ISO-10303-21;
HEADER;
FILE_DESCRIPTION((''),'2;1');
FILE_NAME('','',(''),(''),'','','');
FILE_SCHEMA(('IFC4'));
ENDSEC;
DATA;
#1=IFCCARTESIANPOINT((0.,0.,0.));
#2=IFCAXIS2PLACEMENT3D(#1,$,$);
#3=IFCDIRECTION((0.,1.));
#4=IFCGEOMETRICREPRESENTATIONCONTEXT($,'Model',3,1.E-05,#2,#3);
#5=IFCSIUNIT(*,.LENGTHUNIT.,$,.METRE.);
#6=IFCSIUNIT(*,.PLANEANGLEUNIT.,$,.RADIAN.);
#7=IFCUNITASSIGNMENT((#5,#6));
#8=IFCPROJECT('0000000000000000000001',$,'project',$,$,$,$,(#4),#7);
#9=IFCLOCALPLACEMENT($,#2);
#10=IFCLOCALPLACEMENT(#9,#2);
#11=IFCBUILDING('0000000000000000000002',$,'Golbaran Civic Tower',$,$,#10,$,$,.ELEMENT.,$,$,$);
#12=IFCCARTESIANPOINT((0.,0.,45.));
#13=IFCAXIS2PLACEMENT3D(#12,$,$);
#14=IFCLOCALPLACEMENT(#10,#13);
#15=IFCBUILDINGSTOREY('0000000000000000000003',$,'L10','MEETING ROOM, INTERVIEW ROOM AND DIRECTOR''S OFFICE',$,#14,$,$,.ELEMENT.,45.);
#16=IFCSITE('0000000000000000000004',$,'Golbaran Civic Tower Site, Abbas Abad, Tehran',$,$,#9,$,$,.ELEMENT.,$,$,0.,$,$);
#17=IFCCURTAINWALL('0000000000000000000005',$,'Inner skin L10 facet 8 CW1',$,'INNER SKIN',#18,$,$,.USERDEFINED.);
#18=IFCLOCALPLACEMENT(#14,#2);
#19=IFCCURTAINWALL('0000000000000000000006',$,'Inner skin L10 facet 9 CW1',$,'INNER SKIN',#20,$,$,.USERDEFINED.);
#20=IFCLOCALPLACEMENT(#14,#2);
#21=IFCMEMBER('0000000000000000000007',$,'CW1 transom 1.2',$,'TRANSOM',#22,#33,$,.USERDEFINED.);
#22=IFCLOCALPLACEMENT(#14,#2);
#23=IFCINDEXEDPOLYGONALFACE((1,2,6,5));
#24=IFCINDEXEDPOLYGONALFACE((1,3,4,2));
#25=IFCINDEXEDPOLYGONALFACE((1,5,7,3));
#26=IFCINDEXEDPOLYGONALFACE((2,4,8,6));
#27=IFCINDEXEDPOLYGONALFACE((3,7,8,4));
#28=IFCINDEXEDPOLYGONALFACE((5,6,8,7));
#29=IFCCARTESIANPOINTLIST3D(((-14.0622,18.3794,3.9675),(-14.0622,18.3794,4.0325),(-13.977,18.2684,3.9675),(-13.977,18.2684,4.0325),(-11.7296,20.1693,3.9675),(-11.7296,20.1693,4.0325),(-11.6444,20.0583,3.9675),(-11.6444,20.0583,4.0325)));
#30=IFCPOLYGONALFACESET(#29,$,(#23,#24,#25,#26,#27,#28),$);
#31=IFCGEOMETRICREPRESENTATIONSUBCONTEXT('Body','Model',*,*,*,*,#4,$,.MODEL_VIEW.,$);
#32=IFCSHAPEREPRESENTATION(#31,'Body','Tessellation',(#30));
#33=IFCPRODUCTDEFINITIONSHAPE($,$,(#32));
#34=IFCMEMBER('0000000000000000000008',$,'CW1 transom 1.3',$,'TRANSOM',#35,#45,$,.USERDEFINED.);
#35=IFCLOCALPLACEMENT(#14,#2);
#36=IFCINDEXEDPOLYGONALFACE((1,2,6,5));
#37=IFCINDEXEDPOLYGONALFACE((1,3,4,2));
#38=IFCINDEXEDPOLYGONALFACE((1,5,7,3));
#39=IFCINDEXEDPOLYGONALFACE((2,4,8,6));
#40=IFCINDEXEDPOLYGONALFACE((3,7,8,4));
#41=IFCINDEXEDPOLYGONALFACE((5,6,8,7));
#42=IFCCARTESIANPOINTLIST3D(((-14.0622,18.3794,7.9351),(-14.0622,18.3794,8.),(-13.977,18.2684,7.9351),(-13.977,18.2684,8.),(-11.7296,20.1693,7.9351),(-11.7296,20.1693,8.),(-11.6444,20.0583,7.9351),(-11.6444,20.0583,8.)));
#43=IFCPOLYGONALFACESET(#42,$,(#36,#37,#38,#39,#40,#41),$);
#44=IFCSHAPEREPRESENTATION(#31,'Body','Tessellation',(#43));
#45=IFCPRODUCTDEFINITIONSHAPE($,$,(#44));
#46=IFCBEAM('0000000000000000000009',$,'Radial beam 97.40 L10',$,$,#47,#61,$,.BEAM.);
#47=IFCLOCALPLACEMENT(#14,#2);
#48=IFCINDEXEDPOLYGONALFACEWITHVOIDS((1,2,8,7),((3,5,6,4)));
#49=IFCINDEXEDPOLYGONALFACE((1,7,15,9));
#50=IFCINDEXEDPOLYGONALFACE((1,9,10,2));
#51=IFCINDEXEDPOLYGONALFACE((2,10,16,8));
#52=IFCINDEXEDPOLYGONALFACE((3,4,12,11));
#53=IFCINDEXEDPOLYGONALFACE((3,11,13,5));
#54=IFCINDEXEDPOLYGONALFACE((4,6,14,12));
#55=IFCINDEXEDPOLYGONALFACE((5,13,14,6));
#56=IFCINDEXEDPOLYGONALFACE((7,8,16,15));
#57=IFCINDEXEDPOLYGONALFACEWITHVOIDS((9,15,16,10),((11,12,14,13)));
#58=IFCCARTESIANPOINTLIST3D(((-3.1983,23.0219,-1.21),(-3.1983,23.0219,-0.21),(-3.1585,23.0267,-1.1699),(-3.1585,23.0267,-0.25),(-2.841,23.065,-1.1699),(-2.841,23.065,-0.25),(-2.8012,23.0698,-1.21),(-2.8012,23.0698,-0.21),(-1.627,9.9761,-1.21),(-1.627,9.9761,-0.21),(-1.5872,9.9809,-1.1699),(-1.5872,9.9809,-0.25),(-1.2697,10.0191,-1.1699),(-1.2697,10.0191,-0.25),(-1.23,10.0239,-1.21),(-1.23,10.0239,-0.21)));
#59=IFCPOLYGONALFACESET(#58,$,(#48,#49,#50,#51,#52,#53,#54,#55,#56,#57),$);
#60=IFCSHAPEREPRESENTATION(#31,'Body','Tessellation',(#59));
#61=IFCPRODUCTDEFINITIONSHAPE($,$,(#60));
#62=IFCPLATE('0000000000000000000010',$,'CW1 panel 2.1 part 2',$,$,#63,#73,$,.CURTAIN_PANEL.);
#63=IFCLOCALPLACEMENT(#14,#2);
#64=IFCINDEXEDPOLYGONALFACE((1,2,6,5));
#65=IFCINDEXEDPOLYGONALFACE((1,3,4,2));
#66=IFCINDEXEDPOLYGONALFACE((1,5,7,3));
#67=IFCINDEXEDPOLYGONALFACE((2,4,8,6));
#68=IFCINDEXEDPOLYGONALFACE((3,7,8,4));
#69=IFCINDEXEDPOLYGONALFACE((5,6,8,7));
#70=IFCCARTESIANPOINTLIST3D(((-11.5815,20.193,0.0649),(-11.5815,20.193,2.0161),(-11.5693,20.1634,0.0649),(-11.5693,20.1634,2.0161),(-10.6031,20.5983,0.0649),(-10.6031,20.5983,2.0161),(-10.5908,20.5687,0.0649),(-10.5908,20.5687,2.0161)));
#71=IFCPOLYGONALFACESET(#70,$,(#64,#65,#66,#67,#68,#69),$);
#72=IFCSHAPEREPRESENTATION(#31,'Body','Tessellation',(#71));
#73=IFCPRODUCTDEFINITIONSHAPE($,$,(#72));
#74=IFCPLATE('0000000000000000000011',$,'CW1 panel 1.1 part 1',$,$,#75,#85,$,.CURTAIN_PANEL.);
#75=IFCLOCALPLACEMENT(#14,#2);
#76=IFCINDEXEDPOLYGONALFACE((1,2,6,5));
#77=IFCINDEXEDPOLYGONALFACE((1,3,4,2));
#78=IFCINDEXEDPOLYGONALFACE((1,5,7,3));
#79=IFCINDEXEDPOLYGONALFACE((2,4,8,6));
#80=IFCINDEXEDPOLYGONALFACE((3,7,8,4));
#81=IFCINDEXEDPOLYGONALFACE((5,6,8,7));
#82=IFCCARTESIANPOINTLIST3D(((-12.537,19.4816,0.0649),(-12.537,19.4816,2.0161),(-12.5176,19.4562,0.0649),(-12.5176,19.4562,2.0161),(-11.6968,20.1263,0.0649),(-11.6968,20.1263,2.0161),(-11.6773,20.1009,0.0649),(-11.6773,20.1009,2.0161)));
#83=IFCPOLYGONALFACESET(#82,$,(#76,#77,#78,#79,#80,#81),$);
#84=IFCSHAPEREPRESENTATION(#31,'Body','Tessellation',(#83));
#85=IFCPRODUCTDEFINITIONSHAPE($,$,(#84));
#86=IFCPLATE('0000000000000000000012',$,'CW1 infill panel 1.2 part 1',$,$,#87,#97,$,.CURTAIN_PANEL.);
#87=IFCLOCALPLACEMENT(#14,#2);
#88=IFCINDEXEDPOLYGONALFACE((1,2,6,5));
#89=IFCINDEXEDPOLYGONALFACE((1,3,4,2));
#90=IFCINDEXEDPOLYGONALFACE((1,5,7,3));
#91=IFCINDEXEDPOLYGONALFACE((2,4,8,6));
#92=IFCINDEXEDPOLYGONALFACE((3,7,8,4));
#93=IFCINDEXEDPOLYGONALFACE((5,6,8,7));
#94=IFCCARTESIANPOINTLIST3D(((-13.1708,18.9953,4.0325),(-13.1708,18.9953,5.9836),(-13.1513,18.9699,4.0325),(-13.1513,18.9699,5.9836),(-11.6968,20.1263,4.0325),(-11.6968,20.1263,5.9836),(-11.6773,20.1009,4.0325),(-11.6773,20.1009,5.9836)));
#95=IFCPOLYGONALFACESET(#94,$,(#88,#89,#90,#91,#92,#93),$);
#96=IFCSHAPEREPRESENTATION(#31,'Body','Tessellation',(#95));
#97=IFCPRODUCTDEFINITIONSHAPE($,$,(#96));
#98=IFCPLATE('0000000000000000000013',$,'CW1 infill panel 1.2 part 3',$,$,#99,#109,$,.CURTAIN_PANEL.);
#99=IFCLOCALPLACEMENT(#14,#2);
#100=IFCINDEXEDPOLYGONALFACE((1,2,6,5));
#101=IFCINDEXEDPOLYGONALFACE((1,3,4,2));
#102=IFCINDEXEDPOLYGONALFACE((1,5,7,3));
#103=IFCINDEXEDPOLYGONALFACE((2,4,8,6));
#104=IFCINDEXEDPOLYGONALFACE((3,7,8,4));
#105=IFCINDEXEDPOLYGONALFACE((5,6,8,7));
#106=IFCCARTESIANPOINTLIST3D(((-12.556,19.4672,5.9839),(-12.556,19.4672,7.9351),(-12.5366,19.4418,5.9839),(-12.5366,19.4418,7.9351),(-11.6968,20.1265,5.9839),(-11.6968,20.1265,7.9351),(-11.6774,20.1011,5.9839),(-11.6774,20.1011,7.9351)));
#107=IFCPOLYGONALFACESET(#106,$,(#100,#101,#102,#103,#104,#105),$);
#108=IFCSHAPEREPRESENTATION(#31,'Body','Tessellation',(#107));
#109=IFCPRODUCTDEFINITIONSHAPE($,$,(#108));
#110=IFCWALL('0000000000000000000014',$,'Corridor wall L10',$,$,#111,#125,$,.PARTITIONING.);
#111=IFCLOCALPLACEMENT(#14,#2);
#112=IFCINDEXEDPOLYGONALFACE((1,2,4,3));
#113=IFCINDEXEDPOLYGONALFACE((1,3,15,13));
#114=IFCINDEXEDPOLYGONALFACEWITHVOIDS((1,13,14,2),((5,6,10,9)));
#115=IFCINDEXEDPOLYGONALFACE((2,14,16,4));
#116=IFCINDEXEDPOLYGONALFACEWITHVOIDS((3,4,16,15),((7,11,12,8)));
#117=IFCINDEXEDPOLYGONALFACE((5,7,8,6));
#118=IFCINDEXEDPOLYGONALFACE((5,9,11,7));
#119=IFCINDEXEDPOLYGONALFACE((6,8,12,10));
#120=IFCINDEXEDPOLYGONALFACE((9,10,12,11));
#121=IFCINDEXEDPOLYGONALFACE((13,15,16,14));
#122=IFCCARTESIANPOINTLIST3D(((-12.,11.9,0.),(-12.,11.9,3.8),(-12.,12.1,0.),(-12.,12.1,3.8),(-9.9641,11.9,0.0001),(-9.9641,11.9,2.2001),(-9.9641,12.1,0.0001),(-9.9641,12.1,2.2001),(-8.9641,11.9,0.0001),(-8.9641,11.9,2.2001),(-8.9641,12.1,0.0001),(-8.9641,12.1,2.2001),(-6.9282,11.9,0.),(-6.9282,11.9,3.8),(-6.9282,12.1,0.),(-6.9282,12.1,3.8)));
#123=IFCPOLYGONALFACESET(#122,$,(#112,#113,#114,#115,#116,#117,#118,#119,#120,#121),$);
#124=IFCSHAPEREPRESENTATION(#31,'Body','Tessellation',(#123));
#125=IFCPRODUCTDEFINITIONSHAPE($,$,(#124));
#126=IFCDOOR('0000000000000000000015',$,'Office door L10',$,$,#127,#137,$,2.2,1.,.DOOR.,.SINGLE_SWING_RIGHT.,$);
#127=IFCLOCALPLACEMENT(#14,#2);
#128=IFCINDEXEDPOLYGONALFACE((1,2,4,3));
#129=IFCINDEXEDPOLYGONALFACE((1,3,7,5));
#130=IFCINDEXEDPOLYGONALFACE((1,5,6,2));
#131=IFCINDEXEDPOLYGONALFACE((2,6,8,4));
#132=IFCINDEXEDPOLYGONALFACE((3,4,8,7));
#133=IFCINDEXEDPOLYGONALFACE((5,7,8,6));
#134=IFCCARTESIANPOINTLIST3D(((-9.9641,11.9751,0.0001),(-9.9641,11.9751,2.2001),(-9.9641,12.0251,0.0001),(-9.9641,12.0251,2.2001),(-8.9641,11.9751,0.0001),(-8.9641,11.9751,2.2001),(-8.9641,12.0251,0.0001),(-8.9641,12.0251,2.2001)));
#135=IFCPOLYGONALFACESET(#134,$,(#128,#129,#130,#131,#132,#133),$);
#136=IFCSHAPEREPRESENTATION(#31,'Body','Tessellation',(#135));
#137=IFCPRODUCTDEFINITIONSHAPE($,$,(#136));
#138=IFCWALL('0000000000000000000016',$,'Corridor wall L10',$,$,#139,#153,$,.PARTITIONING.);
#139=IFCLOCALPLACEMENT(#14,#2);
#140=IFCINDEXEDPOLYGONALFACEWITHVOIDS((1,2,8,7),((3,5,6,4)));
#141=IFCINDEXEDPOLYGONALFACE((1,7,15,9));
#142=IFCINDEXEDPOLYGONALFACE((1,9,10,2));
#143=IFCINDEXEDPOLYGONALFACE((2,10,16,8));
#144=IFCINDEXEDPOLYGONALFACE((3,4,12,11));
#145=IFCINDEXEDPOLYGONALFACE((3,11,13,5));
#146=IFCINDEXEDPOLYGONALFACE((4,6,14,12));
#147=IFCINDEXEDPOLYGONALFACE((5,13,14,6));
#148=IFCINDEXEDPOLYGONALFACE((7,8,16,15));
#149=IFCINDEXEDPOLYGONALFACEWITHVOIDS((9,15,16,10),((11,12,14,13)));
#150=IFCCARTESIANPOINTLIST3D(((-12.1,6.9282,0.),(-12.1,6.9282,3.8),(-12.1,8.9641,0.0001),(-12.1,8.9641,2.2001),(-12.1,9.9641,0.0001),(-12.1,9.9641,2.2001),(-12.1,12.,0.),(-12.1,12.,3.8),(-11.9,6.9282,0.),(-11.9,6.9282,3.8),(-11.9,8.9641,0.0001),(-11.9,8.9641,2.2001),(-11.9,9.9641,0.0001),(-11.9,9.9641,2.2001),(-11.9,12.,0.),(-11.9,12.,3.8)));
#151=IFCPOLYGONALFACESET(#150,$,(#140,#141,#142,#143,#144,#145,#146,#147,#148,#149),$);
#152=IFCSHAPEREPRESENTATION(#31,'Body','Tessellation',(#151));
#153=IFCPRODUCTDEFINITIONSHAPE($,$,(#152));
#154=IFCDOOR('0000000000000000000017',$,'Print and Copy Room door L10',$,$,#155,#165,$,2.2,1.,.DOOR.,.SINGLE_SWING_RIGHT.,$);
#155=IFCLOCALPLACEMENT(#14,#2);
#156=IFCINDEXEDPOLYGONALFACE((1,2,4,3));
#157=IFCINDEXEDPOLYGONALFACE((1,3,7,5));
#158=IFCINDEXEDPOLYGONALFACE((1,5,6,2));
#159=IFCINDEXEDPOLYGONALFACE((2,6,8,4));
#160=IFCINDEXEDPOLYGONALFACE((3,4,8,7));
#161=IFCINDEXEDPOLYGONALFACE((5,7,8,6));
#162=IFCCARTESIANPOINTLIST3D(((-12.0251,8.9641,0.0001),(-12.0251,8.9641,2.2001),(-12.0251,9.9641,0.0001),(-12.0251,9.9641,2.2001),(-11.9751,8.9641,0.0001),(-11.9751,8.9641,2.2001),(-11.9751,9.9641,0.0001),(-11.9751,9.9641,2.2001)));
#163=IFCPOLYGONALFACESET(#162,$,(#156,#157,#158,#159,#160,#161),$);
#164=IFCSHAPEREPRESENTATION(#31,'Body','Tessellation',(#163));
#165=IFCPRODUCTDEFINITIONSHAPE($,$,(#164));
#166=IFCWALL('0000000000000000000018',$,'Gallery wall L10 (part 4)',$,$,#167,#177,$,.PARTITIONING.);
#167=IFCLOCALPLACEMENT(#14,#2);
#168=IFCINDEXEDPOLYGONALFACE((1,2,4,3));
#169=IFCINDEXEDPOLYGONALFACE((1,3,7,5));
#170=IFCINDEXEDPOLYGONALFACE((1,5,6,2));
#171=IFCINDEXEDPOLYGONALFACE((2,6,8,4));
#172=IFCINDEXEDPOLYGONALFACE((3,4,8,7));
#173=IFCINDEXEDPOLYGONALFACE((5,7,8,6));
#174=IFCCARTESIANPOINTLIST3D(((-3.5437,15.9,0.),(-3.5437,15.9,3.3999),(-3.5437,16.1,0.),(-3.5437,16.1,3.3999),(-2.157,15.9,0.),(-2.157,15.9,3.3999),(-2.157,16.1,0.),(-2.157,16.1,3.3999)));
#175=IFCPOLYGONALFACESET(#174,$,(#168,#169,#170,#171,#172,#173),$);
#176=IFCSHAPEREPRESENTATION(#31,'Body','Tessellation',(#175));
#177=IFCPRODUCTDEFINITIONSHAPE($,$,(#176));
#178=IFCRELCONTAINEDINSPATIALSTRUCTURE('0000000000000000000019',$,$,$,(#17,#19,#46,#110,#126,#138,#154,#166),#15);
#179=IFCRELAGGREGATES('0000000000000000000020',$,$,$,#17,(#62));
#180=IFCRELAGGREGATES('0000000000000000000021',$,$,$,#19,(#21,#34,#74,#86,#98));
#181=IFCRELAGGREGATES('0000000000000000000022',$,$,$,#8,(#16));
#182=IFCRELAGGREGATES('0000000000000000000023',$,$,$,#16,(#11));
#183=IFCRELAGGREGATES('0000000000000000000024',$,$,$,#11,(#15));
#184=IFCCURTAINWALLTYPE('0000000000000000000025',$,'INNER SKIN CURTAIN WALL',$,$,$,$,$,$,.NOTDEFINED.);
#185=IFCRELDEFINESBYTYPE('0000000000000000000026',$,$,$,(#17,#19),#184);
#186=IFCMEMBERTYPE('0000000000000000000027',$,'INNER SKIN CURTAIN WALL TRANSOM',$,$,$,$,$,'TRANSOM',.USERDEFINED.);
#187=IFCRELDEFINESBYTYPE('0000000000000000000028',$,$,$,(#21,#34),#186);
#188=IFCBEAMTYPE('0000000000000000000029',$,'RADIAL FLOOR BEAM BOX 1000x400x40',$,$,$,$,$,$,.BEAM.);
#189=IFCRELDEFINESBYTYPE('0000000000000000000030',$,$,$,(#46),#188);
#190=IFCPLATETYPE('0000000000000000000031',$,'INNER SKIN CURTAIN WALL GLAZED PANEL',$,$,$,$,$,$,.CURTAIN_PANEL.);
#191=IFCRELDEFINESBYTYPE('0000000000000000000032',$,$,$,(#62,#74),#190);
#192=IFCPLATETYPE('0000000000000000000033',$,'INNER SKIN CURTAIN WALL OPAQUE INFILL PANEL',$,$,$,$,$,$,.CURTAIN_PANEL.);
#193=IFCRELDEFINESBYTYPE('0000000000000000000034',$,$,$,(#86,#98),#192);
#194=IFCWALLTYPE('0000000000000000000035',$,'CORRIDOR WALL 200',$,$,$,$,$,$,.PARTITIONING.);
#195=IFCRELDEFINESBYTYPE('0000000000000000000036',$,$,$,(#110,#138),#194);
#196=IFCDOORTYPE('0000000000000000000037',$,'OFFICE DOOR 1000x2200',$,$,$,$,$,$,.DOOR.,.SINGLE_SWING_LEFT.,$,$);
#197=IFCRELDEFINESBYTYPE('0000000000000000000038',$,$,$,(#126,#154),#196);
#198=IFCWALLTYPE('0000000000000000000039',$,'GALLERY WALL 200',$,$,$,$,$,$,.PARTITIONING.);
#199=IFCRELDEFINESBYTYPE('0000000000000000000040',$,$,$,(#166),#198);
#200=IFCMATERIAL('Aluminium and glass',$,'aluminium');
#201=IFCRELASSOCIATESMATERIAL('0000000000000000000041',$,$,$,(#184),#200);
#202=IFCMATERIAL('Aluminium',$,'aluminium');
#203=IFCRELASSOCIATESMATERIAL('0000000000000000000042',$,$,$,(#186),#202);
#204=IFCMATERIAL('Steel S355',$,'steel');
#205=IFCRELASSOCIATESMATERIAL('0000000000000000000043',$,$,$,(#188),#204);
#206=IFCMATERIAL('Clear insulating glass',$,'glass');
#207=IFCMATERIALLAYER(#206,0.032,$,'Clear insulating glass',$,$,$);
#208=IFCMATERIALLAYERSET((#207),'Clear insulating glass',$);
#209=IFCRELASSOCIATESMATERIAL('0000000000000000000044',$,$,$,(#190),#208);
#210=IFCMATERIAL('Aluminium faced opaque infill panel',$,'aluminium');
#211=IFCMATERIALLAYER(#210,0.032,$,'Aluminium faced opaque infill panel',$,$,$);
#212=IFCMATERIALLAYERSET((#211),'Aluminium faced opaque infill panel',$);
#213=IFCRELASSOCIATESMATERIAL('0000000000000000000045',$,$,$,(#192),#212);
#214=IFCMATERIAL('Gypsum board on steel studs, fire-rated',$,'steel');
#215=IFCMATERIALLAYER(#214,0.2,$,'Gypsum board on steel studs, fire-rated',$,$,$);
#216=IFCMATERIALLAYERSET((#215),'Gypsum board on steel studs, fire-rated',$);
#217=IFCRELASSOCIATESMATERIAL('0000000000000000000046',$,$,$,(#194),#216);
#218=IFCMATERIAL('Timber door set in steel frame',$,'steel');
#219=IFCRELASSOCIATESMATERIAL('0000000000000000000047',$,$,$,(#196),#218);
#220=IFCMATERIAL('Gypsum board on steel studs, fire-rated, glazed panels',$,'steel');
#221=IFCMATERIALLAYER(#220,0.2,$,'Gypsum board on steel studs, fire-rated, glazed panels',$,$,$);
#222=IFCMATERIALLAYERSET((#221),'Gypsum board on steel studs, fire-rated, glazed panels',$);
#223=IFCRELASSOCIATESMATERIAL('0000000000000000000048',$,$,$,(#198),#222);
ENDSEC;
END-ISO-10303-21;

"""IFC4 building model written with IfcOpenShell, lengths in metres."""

from ifc_helpers import new_model, si_unit, direction, frame, frame_2d, origin, origin_2d, place, context, subcontext, project, spatial, rectangle, hollow_rectangle, extrude, material, layer, layer_set, material_profile, profile_set, type_object, element, fill, aggregate, save


model = new_model("IFC4")

# Units and contexts
model_context = context("Model", 3, precision=1e-05, world=origin(), true_north=direction((0.0, 1.0)))
body_context = subcontext(model_context, "Body", "Model", "MODEL_VIEW")
ifc_project = project(units=[si_unit("LENGTHUNIT", "METRE"), si_unit("PLANEANGLEUNIT", "RADIAN")], contexts=[model_context])

# Site, building, storey
site_placement = place(None, origin())
site = spatial("IfcSite", under=ifc_project, at=site_placement, Name="Golbaran Civic Tower Site, Abbas Abad, Tehran", CompositionType="ELEMENT", RefElevation=0.0)
building_placement = place(site_placement, origin())
building = spatial("IfcBuilding", under=site, at=building_placement, Name="Golbaran Civic Tower", CompositionType="ELEMENT")
storey_placement = place(building_placement, frame((0.0, 0.0, 45.0)))
storey = spatial("IfcBuildingStorey", under=building, at=storey_placement, Name="L10", Description="MEETING ROOM, INTERVIEW ROOM AND DIRECTOR'S OFFICE", CompositionType="ELEMENT", Elevation=45.0)

# Shared definitions
ifc_material_1 = material(Name="Steel S355", Category="steel")

# Curtain wall
ifc_material_2 = material(Name="Aluminium and glass", Category="aluminium")
curtain_wall_type = type_object("IfcCurtainWallType", Name="INNER SKIN CURTAIN WALL", PredefinedType="NOTDEFINED", material=ifc_material_2)
curtain_wall_1_placement = place(storey_placement, origin())
curtain_wall_1 = element("IfcCurtainWall", 1, at=curtain_wall_1_placement, inside=storey, type_object=curtain_wall_type, Name="Inner skin L10 facet 8 CW1", ObjectType="INNER SKIN", PredefinedType="USERDEFINED")
ifc_material_3 = material(Name="Aluminium", Category="aluminium")

# Curtain wall, members
curtain_wall_2_placement = place(storey_placement, origin())
curtain_wall_2 = element("IfcCurtainWall", 2, at=curtain_wall_2_placement, inside=storey, type_object=curtain_wall_type, Name="Inner skin L10 facet 9 CW1", ObjectType="INNER SKIN", PredefinedType="USERDEFINED")
ifc_material_profile_1 = material_profile(ifc_material_3, rectangle(XDim=0.1399, YDim=0.0649, at=origin_2d()), Name="INNER SKIN CURTAIN WALL TRANSOM")
ifc_profile_set_1 = profile_set([ifc_material_profile_1], Name="Aluminium")
member_type_1 = type_object("IfcMemberType", Name="INNER SKIN CURTAIN WALL TRANSOM", ElementType="TRANSOM", PredefinedType="USERDEFINED", material=ifc_profile_set_1)
member_1_placement = place(storey_placement, frame((-11.687, 20.1138, 4.0), z_axis=(-0.793355, -0.608759, 0.0), x_axis=(0.608759, -0.793355, 0.0)))
member_1 = element("IfcMember", 3, at=member_1_placement, type_object=member_type_1, Name="CW1 transom 1.2", ObjectType="TRANSOM", PredefinedType="USERDEFINED", context=body_context, shape_type="SweptSolid", body=[
    extrude(rectangle(XDim=0.1399, YDim=0.0649, at=origin_2d()), origin(), (0.0, 0.0, 1.0), 2.9402),
])
member_2_placement = place(storey_placement, frame((-11.687, 20.1138, 7.9675), z_axis=(-0.793355, -0.608759, 0.0), x_axis=(0.608759, -0.793355, 0.0)))
member_2 = element("IfcMember", 4, at=member_2_placement, type_object=member_type_1, Name="CW1 transom 1.3", ObjectType="TRANSOM", PredefinedType="USERDEFINED", context=body_context, shape_type="SweptSolid", body=[
    extrude(rectangle(XDim=0.1399, YDim=0.0649, at=origin_2d()), origin(), (0.0, 0.0, 1.0), 2.9402),
])

# Beam
ifc_material_profile_2 = material_profile(ifc_material_1, hollow_rectangle(XDim=0.3999, YDim=1.0, WallThickness=0.04, at=origin_2d()), Name="BOX 1000x400x40")
ifc_profile_set_2 = profile_set([ifc_material_profile_2], Name="Steel S355")
beam_type_1 = type_object("IfcBeamType", Name="RADIAL FLOOR BEAM BOX 1000x400x40", PredefinedType="BEAM", material=ifc_profile_set_2)
beam_1_placement = place(storey_placement, frame((-1.4285, 10.0, -0.71), z_axis=(-0.119579, 0.992825, 0.0), x_axis=(-0.992825, -0.119579, 0.0)))
element("IfcBeam", 5, at=beam_1_placement, inside=storey, type_object=beam_type_1, Name="Radial beam 97.40 L10", PredefinedType="BEAM", context=body_context, shape_type="SweptSolid", body=[
    extrude(hollow_rectangle(XDim=0.3999, YDim=1.0, WallThickness=0.04, at=origin_2d()), origin(), (0.0, 0.0, 1.0), 13.1401),
])

# Plates
ifc_material_4 = material(Name="Clear insulating glass", Category="glass")
ifc_layer_1 = layer(ifc_material_4, 0.032, Name="Clear insulating glass")
ifc_layer_set_1 = layer_set([ifc_layer_1], Name="Clear insulating glass")
plate_type_1 = type_object("IfcPlateType", Name="INNER SKIN CURTAIN WALL GLAZED PANEL", PredefinedType="CURTAIN_PANEL", material=ifc_layer_set_1)
plate_1_placement = place(storey_placement, frame((-11.0862, 20.3809, 0.0649), z_axis=(0.0, 0.0, 1.0), x_axis=(-0.92388, -0.382683, 0.0)))
plate_1 = element("IfcPlate", 6, at=plate_1_placement, type_object=plate_type_1, Name="CW1 panel 2.1 part 2", PredefinedType="CURTAIN_PANEL", context=body_context, shape_type="SweptSolid", body=[
    extrude(rectangle(XDim=1.0591, YDim=0.032, at=origin_2d()), origin(), (0.0, 0.0, 1.0), 1.9512),
])
aggregate(curtain_wall_1, [plate_1])
plate_2_placement = place(storey_placement, frame((-12.1072, 19.7913, 0.0649), z_axis=(0.0, 0.0, 1.0), x_axis=(-0.793353, -0.608761, 0.0)))
plate_2 = element("IfcPlate", 7, at=plate_2_placement, type_object=plate_type_1, Name="CW1 panel 1.1 part 1", PredefinedType="CURTAIN_PANEL", context=body_context, shape_type="SweptSolid", body=[
    extrude(rectangle(XDim=1.0591, YDim=0.032, at=origin_2d()), origin(), (0.0, 0.0, 1.0), 1.9512),
])
ifc_material_5 = material(Name="Aluminium faced opaque infill panel", Category="aluminium")
ifc_layer_2 = layer(ifc_material_5, 0.032, Name="Aluminium faced opaque infill panel")
ifc_layer_set_2 = layer_set([ifc_layer_2], Name="Aluminium faced opaque infill panel")
plate_type_2 = type_object("IfcPlateType", Name="INNER SKIN CURTAIN WALL OPAQUE INFILL PANEL", PredefinedType="CURTAIN_PANEL", material=ifc_layer_set_2)
plate_3_placement = place(storey_placement, frame((-12.4241, 19.5481, 4.0325), z_axis=(0.0, 0.0, 1.0), x_axis=(-0.793353, -0.608761, 0.0)))
plate_3 = element("IfcPlate", 8, at=plate_3_placement, type_object=plate_type_2, Name="CW1 infill panel 1.2 part 1", PredefinedType="CURTAIN_PANEL", context=body_context, shape_type="SweptSolid", body=[
    extrude(rectangle(XDim=1.8579, YDim=0.032, at=origin_2d()), origin(), (0.0, 0.0, 1.0), 1.9512),
])
plate_4_placement = place(storey_placement, frame((-12.1167, 19.7842, 5.9839), z_axis=(0.0, 0.0, 1.0), x_axis=(-0.793353, -0.608761, 0.0)))
plate_4 = element("IfcPlate", 9, at=plate_4_placement, type_object=plate_type_2, Name="CW1 infill panel 1.2 part 3", PredefinedType="CURTAIN_PANEL", context=body_context, shape_type="SweptSolid", body=[
    extrude(rectangle(XDim=1.083, YDim=0.032, at=origin_2d()), origin(), (0.0, 0.0, 1.0), 1.9512),
])
aggregate(curtain_wall_2, [member_1, member_2, plate_2, plate_3, plate_4])

# Walls, openings, doors
ifc_material_6 = material(Name="Gypsum board on steel studs, fire-rated", Category="steel")
ifc_layer_3 = layer(ifc_material_6, 0.2, Name="Gypsum board on steel studs, fire-rated")
ifc_layer_set_3 = layer_set([ifc_layer_3], Name="Gypsum board on steel studs, fire-rated")
wall_type_1 = type_object("IfcWallType", Name="CORRIDOR WALL 200", PredefinedType="PARTITIONING", material=ifc_layer_set_3)
wall_1_placement = place(storey_placement, frame((-6.9282, 12.0, 0.0), z_axis=(0.0, 0.0, 1.0), x_axis=(-1.0, 0.0, 0.0)))
wall_1 = element("IfcWall", 10, at=wall_1_placement, inside=storey, type_object=wall_type_1, Name="Corridor wall L10", PredefinedType="PARTITIONING", context=body_context, shape_type="SweptSolid", body=[
    extrude(rectangle(XDim=5.0718, YDim=0.2, at=frame_2d((2.5359, 0.0))), origin(), (0.0, 0.0, 1.0), 3.8),
])
opening_1_placement = place(wall_1_placement, frame((2.0359, 0.0, 0.0)))
opening_1 = element("IfcOpeningElement", 11, at=opening_1_placement, cuts=wall_1, PredefinedType="OPENING", context=body_context, shape_type="SweptSolid", body=[
    extrude(rectangle(XDim=1.0, YDim=2.2, at=frame_2d((0.5, 1.1001))), frame((0.0, 0.1099, 0.0), z_axis=(0.0, -1.0, 0.0), x_axis=(1.0, 0.0, 0.0)), (0.0, 0.0, 1.0), 0.22),
])
ifc_material_7 = material(Name="Timber door set in steel frame", Category="steel")
door_type = type_object("IfcDoorType", Name="OFFICE DOOR 1000x2200", OperationType="SINGLE_SWING_LEFT", PredefinedType="DOOR", material=ifc_material_7)
door_1_placement = place(opening_1_placement, origin())
door_1 = element("IfcDoor", 12, at=door_1_placement, inside=storey, type_object=door_type, Name="Office door L10", OperationType="SINGLE_SWING_RIGHT", OverallHeight=2.2, OverallWidth=1.0, PredefinedType="DOOR", context=body_context, shape_type="SweptSolid", body=[
    extrude(rectangle(XDim=1.0, YDim=2.2, at=frame_2d((0.5, 1.1001))), frame((0.0, 0.0249, 0.0), z_axis=(0.0, -1.0, 0.0), x_axis=(1.0, 0.0, 0.0)), (0.0, 0.0, 1.0), 0.05),
])
fill(opening_1, door_1)
wall_2_placement = place(storey_placement, frame((-12.0, 12.0, 0.0), z_axis=(0.0, 0.0, 1.0), x_axis=(0.0, -1.0, 0.0)))
wall_2 = element("IfcWall", 13, at=wall_2_placement, inside=storey, type_object=wall_type_1, Name="Corridor wall L10", PredefinedType="PARTITIONING", context=body_context, shape_type="SweptSolid", body=[
    extrude(rectangle(XDim=5.0718, YDim=0.2, at=frame_2d((2.5359, 0.0))), origin(), (0.0, 0.0, 1.0), 3.8),
])
opening_2_placement = place(wall_2_placement, frame((2.0359, 0.0, 0.0)))
opening_2 = element("IfcOpeningElement", 14, at=opening_2_placement, cuts=wall_2, PredefinedType="OPENING", context=body_context, shape_type="SweptSolid", body=[
    extrude(rectangle(XDim=1.0, YDim=2.2, at=frame_2d((0.5, 1.1001))), frame((0.0, 0.1099, 0.0), z_axis=(0.0, -1.0, 0.0), x_axis=(1.0, 0.0, 0.0)), (0.0, 0.0, 1.0), 0.22),
])
door_2_placement = place(opening_2_placement, origin())
door_2 = element("IfcDoor", 15, at=door_2_placement, inside=storey, type_object=door_type, Name="Print and Copy Room door L10", OperationType="SINGLE_SWING_RIGHT", OverallHeight=2.2, OverallWidth=1.0, PredefinedType="DOOR", context=body_context, shape_type="SweptSolid", body=[
    extrude(rectangle(XDim=1.0, YDim=2.2, at=frame_2d((0.5, 1.1001))), frame((0.0, 0.0249, 0.0), z_axis=(0.0, -1.0, 0.0), x_axis=(1.0, 0.0, 0.0)), (0.0, 0.0, 1.0), 0.05),
])
fill(opening_2, door_2)

# Wall
ifc_material_8 = material(Name="Gypsum board on steel studs, fire-rated, glazed panels", Category="steel")
ifc_layer_4 = layer(ifc_material_8, 0.2, Name="Gypsum board on steel studs, fire-rated, glazed panels")
ifc_layer_set_4 = layer_set([ifc_layer_4], Name="Gypsum board on steel studs, fire-rated, glazed panels")
wall_type_2 = type_object("IfcWallType", Name="GALLERY WALL 200", PredefinedType="PARTITIONING", material=ifc_layer_set_4)
wall_3_placement = place(storey_placement, frame((-2.157, 16.0, 0.0), z_axis=(0.0, 0.0, 1.0), x_axis=(-1.0, 0.0, 0.0)))
element("IfcWall", 16, at=wall_3_placement, inside=storey, type_object=wall_type_2, Name="Gallery wall L10 (part 4)", PredefinedType="PARTITIONING", context=body_context, shape_type="SweptSolid", body=[
    extrude(rectangle(XDim=1.3867, YDim=0.2, at=frame_2d((0.6934, 0.0))), origin(), (0.0, 0.0, 1.0), 3.3999),
])

save(model, "model.ifc")
